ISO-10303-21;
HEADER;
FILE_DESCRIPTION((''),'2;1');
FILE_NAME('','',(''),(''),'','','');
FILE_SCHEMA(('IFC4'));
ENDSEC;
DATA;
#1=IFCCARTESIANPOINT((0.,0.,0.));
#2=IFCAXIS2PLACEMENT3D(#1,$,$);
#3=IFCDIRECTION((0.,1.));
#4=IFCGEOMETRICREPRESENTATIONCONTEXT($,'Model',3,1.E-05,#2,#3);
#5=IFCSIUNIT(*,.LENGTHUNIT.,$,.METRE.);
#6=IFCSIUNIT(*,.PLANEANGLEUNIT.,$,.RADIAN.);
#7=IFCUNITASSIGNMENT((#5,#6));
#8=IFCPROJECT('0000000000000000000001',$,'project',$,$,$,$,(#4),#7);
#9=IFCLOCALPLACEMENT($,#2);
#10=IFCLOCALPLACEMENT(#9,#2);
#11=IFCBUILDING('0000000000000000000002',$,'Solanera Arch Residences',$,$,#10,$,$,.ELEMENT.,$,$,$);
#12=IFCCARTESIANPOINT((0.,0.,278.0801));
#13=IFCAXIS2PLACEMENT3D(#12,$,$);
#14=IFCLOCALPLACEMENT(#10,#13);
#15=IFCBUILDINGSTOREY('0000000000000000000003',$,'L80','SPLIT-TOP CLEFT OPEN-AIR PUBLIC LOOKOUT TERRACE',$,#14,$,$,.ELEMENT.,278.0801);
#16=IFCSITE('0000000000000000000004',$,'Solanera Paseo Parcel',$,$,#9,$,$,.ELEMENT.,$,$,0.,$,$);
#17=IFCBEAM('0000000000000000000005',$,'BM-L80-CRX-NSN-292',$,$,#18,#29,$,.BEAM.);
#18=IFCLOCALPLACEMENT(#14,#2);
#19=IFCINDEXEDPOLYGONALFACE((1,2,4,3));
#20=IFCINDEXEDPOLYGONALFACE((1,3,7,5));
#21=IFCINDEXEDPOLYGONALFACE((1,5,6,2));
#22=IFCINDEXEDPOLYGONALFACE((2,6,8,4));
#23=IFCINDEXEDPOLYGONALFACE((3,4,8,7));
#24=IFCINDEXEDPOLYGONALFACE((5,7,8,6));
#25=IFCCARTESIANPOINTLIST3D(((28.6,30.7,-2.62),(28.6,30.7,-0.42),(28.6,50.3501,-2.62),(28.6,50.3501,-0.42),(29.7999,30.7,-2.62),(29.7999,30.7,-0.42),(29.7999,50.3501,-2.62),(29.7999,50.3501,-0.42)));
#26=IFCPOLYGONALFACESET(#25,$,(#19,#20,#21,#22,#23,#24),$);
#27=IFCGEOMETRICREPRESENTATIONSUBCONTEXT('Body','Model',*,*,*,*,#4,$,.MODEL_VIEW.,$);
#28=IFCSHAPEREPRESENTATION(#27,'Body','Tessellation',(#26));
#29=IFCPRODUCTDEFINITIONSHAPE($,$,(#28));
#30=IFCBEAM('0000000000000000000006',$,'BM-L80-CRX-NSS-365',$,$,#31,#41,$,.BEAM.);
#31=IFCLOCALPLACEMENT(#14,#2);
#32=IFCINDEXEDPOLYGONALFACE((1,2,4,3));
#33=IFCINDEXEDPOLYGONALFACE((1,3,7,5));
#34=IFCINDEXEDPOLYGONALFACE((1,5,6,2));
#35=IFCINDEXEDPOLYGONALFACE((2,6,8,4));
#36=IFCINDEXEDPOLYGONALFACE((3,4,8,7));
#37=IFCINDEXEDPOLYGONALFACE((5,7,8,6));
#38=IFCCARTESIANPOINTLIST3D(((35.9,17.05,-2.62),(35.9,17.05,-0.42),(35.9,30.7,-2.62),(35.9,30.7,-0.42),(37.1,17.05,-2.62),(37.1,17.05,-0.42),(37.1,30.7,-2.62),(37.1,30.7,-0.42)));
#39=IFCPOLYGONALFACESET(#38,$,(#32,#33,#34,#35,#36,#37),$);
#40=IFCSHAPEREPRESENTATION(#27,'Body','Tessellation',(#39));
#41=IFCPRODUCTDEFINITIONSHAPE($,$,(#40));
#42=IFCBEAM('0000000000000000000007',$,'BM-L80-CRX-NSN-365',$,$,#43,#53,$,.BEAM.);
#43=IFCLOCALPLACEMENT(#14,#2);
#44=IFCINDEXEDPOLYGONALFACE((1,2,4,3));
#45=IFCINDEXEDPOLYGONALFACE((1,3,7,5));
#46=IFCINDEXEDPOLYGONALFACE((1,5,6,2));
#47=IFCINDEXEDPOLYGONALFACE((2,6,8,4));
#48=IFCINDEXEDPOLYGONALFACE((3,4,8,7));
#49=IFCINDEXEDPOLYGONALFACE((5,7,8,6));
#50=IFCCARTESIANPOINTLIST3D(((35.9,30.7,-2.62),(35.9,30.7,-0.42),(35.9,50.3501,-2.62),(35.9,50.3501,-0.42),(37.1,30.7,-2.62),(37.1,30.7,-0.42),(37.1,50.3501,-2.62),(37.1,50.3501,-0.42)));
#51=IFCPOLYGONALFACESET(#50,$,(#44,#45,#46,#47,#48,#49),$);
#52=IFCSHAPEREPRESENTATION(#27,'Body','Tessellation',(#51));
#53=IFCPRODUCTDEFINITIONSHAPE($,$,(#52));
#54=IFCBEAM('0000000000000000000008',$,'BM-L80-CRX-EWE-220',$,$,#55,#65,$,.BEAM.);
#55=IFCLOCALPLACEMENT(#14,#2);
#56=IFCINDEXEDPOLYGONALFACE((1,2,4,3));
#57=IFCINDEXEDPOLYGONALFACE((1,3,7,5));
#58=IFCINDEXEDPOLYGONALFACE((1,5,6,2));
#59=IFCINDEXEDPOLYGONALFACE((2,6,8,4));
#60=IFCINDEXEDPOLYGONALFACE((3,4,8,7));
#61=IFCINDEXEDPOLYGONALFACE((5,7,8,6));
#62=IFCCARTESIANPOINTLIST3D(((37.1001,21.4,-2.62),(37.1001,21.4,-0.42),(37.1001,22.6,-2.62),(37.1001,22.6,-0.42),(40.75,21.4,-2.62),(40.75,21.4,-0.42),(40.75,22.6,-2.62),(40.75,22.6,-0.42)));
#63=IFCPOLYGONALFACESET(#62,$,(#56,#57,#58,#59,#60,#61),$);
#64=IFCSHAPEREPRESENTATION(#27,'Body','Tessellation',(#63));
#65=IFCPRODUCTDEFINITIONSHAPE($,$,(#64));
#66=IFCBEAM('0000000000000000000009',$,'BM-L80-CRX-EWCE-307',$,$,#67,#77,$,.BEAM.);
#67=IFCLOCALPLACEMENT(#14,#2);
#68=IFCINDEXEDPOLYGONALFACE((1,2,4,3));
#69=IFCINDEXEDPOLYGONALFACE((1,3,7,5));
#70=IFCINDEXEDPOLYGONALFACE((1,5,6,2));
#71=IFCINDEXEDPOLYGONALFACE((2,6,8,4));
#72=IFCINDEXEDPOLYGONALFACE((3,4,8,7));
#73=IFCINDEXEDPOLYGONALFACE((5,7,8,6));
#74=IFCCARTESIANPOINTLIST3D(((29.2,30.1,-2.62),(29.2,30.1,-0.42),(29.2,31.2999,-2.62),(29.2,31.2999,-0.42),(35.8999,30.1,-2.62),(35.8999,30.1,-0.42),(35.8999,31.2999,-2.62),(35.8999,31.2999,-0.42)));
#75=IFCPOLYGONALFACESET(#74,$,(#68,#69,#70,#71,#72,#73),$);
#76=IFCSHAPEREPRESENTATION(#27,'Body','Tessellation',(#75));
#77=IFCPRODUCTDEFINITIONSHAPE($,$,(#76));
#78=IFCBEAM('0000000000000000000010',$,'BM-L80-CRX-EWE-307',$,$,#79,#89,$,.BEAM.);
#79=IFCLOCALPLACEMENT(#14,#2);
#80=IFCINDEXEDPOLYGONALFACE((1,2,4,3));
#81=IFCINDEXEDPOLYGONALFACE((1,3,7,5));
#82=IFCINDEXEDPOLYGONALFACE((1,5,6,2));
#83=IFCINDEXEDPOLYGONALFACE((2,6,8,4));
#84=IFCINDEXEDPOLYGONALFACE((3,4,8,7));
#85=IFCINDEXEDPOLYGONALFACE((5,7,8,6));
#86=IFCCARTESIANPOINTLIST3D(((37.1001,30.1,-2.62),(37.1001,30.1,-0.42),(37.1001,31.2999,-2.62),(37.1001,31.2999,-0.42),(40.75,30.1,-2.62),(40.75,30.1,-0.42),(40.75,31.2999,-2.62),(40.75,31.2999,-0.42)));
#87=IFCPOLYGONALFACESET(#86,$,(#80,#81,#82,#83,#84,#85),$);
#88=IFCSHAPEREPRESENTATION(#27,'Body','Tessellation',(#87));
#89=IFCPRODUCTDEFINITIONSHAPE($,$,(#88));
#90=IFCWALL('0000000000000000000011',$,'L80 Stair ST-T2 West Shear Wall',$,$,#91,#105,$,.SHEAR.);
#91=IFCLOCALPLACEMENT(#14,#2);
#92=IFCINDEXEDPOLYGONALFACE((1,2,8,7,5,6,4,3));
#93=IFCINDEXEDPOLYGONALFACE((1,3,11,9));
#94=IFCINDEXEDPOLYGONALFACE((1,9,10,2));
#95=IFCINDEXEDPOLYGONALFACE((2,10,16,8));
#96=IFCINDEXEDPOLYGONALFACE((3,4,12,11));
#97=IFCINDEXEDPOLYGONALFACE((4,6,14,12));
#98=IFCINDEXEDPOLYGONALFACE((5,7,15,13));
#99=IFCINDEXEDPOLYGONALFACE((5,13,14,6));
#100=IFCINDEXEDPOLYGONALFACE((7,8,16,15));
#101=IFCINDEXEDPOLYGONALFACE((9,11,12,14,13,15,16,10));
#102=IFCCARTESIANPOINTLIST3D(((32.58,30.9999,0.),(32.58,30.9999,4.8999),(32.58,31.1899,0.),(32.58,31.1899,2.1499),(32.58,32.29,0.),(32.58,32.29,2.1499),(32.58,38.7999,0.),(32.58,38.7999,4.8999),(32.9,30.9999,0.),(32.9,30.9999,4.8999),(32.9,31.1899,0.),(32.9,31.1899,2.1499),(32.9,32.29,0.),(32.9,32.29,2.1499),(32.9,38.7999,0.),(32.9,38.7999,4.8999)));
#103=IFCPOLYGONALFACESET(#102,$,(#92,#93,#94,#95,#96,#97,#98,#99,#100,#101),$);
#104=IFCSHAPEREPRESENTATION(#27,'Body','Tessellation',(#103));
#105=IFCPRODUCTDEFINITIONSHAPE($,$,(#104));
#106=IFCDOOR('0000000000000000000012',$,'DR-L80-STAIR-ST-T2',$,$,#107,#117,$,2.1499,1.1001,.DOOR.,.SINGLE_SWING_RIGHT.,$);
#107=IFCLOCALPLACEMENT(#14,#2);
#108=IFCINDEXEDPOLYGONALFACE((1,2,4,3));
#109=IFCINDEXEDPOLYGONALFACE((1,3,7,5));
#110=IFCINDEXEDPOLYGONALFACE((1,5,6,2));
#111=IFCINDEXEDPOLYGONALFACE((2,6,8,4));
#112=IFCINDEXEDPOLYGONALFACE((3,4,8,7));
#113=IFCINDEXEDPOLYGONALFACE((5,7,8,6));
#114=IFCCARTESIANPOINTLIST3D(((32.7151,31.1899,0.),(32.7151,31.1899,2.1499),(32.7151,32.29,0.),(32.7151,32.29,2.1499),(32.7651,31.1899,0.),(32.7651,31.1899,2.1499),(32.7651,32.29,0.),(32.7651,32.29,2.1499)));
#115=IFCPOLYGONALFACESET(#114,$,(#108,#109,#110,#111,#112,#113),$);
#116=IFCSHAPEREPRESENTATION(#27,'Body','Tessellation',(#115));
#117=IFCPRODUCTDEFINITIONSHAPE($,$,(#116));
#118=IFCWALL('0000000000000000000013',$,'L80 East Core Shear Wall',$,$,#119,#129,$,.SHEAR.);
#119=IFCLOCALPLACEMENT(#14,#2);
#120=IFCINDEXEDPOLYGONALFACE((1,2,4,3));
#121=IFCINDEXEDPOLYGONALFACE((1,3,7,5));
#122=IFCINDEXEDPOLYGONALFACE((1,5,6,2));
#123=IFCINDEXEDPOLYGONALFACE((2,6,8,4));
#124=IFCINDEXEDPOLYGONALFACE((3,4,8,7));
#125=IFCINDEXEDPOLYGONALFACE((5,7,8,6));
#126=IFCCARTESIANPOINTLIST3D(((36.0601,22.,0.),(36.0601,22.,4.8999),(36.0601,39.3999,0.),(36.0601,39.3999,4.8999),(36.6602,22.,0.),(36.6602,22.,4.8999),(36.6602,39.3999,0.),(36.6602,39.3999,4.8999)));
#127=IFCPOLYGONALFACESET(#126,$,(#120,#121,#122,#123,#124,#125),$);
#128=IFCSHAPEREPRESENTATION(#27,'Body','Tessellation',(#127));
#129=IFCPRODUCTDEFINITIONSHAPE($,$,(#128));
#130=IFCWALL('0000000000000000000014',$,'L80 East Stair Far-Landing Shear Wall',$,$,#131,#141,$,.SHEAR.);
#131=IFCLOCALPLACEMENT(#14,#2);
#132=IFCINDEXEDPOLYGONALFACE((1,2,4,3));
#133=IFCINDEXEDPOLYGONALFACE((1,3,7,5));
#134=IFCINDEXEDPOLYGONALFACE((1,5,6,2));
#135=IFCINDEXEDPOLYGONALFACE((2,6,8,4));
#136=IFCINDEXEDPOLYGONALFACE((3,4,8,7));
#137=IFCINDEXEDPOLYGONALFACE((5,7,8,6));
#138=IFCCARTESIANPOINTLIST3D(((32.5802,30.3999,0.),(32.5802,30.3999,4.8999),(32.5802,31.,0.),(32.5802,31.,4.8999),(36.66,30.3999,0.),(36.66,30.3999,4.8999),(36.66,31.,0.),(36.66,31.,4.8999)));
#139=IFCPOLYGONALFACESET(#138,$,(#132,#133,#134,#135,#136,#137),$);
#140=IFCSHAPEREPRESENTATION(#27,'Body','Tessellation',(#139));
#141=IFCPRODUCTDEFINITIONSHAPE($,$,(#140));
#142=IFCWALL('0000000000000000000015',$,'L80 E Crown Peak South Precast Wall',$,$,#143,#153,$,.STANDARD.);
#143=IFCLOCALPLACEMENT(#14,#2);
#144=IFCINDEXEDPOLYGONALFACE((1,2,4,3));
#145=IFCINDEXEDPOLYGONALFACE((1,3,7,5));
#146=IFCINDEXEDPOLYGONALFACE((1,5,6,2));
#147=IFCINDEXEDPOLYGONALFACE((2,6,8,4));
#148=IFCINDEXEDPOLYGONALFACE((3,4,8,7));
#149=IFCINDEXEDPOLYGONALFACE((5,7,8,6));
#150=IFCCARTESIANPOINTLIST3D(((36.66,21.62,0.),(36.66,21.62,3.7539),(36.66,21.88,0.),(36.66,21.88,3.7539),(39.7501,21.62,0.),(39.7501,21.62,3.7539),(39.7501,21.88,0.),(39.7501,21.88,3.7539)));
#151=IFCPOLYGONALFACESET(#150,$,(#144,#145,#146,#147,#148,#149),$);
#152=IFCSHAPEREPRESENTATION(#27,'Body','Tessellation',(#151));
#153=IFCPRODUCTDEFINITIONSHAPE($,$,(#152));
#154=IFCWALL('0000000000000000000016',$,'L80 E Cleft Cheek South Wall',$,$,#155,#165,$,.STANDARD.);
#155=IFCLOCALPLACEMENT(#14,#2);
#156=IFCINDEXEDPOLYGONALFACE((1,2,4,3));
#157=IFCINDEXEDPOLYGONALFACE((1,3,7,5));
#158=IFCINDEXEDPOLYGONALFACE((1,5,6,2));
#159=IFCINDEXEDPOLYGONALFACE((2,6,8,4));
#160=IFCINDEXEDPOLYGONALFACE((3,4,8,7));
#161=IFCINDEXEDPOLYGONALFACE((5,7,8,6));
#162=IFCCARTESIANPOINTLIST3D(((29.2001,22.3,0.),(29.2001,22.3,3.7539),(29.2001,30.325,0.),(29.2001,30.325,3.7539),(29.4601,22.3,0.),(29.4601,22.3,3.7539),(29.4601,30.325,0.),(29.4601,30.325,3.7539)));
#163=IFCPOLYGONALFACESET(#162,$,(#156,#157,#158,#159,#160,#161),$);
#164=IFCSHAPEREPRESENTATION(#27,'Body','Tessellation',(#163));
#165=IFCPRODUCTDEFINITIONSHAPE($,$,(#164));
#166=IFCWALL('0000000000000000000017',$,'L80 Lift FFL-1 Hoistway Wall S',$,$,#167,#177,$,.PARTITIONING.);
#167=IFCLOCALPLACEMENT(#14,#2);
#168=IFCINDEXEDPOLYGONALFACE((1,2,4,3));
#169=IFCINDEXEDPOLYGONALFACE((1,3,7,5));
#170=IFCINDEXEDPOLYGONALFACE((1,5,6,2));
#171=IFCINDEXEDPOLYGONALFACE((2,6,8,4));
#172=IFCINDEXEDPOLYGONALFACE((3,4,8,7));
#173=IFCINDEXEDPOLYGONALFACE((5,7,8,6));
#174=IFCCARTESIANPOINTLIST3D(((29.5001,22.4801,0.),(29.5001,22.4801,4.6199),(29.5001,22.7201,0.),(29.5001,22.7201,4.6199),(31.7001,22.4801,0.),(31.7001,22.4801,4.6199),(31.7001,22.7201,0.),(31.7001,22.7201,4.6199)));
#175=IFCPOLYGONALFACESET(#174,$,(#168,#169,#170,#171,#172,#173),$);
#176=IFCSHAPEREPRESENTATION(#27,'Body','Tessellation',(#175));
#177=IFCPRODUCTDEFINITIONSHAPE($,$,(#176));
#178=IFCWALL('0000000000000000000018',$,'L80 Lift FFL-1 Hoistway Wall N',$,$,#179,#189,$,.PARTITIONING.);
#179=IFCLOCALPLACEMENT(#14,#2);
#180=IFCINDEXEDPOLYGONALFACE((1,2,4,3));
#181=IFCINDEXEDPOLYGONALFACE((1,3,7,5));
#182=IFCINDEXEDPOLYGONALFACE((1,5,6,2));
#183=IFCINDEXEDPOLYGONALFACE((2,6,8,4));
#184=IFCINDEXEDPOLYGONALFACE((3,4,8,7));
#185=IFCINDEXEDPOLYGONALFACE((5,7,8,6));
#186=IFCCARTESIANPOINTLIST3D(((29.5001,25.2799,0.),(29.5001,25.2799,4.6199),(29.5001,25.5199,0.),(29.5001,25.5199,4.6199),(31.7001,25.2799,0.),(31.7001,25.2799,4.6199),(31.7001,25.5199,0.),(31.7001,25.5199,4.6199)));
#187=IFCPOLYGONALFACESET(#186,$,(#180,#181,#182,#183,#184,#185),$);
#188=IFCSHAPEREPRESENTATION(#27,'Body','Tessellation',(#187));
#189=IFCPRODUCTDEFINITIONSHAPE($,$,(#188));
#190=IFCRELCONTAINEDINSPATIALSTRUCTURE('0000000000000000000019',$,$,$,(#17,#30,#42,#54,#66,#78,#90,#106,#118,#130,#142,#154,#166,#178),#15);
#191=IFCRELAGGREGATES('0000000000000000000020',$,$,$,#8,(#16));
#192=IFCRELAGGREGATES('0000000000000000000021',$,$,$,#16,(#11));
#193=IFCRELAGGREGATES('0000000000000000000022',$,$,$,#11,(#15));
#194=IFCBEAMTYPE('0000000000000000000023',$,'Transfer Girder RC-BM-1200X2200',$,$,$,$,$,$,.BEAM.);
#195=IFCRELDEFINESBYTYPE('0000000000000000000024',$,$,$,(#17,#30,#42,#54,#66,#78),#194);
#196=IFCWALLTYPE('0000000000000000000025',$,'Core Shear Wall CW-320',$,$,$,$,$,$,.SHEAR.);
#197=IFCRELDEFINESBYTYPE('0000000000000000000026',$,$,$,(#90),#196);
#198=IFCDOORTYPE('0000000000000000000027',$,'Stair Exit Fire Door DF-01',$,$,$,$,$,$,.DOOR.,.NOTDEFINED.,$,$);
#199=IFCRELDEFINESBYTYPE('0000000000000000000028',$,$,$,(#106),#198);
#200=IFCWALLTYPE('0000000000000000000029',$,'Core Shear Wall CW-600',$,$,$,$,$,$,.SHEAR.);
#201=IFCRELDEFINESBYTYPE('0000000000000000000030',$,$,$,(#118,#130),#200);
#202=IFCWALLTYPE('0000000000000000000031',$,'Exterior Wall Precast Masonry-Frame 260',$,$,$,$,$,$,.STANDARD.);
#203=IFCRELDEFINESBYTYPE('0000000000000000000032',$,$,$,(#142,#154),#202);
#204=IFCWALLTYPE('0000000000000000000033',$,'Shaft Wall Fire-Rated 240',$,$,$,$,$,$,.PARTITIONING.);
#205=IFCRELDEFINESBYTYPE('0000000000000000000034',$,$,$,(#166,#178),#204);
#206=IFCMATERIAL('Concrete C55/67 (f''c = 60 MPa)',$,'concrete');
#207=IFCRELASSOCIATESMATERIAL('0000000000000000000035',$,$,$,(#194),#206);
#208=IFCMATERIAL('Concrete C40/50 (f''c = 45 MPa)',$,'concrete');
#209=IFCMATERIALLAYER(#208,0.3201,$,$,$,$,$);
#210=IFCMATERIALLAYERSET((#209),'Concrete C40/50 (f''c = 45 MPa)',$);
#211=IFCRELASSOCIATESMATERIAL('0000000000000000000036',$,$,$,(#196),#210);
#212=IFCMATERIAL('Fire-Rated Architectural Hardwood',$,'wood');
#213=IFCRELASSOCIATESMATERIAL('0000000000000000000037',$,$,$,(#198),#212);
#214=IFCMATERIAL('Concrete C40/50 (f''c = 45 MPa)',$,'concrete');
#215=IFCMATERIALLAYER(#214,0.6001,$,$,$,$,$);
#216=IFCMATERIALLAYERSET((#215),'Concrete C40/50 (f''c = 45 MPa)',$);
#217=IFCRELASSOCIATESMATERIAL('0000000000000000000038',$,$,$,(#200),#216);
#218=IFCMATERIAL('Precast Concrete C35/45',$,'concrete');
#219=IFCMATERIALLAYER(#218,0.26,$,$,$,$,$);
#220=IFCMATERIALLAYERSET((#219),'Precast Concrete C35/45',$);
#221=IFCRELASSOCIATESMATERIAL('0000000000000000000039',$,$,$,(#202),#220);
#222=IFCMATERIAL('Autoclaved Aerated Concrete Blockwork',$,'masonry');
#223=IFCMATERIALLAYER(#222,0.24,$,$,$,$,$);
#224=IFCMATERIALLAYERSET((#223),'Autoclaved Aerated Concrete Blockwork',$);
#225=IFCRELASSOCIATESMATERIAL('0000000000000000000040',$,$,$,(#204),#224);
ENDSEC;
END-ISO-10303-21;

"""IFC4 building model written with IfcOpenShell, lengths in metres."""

from ifc_helpers import new_model, si_unit, direction, frame, frame_2d, origin, origin_2d, place, context, subcontext, project, spatial, rectangle, extrude, material, layer, layer_set, material_profile, profile_set, type_object, element, fill, save


model = new_model("IFC4")

# Units and contexts
model_context = context("Model", 3, precision=1e-05, world=origin(), true_north=direction((0.0, 1.0)))
body_context = subcontext(model_context, "Body", "Model", "MODEL_VIEW")
ifc_project = project(units=[si_unit("LENGTHUNIT", "METRE"), si_unit("PLANEANGLEUNIT", "RADIAN")], contexts=[model_context])

# Site, building, storey
site_placement = place(None, origin())
site = spatial("IfcSite", under=ifc_project, at=site_placement, Name="Solanera Paseo Parcel", CompositionType="ELEMENT", RefElevation=0.0)
building_placement = place(site_placement, origin())
building = spatial("IfcBuilding", under=site, at=building_placement, Name="Solanera Arch Residences", CompositionType="ELEMENT")
storey_placement = place(building_placement, frame((0.0, 0.0, 278.0801)))
storey = spatial("IfcBuildingStorey", under=building, at=storey_placement, Name="L80", Description="SPLIT-TOP CLEFT OPEN-AIR PUBLIC LOOKOUT TERRACE", CompositionType="ELEMENT", Elevation=278.0801)

# Beams
ifc_material_1 = material(Name="Concrete C55/67 (f'c = 60 MPa)", Category="concrete")
ifc_material_profile_1 = material_profile(ifc_material_1, rectangle(XDim=1.2, YDim=2.2, at=origin_2d()))
ifc_profile_set_1 = profile_set([ifc_material_profile_1], Name="Concrete C55/67 (f'c = 60 MPa)")
beam_type_1 = type_object("IfcBeamType", Name="Transfer Girder RC-BM-1200X2200", PredefinedType="BEAM", material=ifc_profile_set_1)
beam_1_placement = place(storey_placement, frame((29.2, 30.7, -1.52), z_axis=(0.0, 1.0, 0.0), x_axis=(-1.0, 0.0, 0.0)))
element("IfcBeam", 1, at=beam_1_placement, inside=storey, type_object=beam_type_1, Name="BM-L80-CRX-NSN-292", PredefinedType="BEAM", context=body_context, shape_type="SweptSolid", body=[
    extrude(rectangle(XDim=1.2, YDim=2.2, at=origin_2d()), origin(), (0.0, 0.0, 1.0), 19.6501),
])
beam_2_placement = place(storey_placement, frame((36.5, 17.05, -1.52), z_axis=(0.0, 1.0, 0.0), x_axis=(-1.0, 0.0, 0.0)))
element("IfcBeam", 2, at=beam_2_placement, inside=storey, type_object=beam_type_1, Name="BM-L80-CRX-NSS-365", PredefinedType="BEAM", context=body_context, shape_type="SweptSolid", body=[
    extrude(rectangle(XDim=1.2, YDim=2.2, at=origin_2d()), origin(), (0.0, 0.0, 1.0), 13.6499),
])
beam_3_placement = place(storey_placement, frame((36.5, 30.7, -1.52), z_axis=(0.0, 1.0, 0.0), x_axis=(-1.0, 0.0, 0.0)))
element("IfcBeam", 3, at=beam_3_placement, inside=storey, type_object=beam_type_1, Name="BM-L80-CRX-NSN-365", PredefinedType="BEAM", context=body_context, shape_type="SweptSolid", body=[
    extrude(rectangle(XDim=1.2, YDim=2.2, at=origin_2d()), origin(), (0.0, 0.0, 1.0), 19.6501),
])
beam_4_placement = place(storey_placement, frame((37.1001, 22.0, -1.52), z_axis=(1.0, 0.0, 0.0), x_axis=(0.0, 1.0, 0.0)))
element("IfcBeam", 4, at=beam_4_placement, inside=storey, type_object=beam_type_1, Name="BM-L80-CRX-EWE-220", PredefinedType="BEAM", context=body_context, shape_type="SweptSolid", body=[
    extrude(rectangle(XDim=1.2, YDim=2.2, at=origin_2d()), origin(), (0.0, 0.0, 1.0), 3.6499),
])
beam_5_placement = place(storey_placement, frame((29.2, 30.7, -1.52), z_axis=(1.0, 0.0, 0.0), x_axis=(0.0, 1.0, 0.0)))
element("IfcBeam", 5, at=beam_5_placement, inside=storey, type_object=beam_type_1, Name="BM-L80-CRX-EWCE-307", PredefinedType="BEAM", context=body_context, shape_type="SweptSolid", body=[
    extrude(rectangle(XDim=1.2, YDim=2.2, at=origin_2d()), origin(), (0.0, 0.0, 1.0), 6.7),
])
beam_6_placement = place(storey_placement, frame((37.1001, 30.7, -1.52), z_axis=(1.0, 0.0, 0.0), x_axis=(0.0, 1.0, 0.0)))
element("IfcBeam", 6, at=beam_6_placement, inside=storey, type_object=beam_type_1, Name="BM-L80-CRX-EWE-307", PredefinedType="BEAM", context=body_context, shape_type="SweptSolid", body=[
    extrude(rectangle(XDim=1.2, YDim=2.2, at=origin_2d()), origin(), (0.0, 0.0, 1.0), 3.6499),
])

# Wall, opening, door
ifc_material_2 = material(Name="Concrete C40/50 (f'c = 45 MPa)", Category="concrete")
ifc_layer_1 = layer(ifc_material_2, 0.3201)
ifc_layer_set_1 = layer_set([ifc_layer_1], Name="Concrete C40/50 (f'c = 45 MPa)")
wall_type_1 = type_object("IfcWallType", Name="Core Shear Wall CW-320", PredefinedType="SHEAR", material=ifc_layer_set_1)
wall_1_placement = place(storey_placement, frame((32.74, 31.0, 0.0), z_axis=(0.0, 0.0, 1.0), x_axis=(0.0, 1.0, 0.0)))
wall_1 = element("IfcWall", 7, at=wall_1_placement, inside=storey, type_object=wall_type_1, Name="L80 Stair ST-T2 West Shear Wall", PredefinedType="SHEAR", context=body_context, shape_type="SweptSolid", body=[
    extrude(rectangle(XDim=7.8, YDim=0.3201, at=frame_2d((3.8999, 0.0))), origin(), (0.0, 0.0, 1.0), 4.8999),
])
opening_placement = place(wall_1_placement, frame((0.1899, 0.0, 0.0)))
opening = element("IfcOpeningElement", 8, at=opening_placement, cuts=wall_1, PredefinedType="OPENING", context=body_context, shape_type="SweptSolid", body=[
    extrude(rectangle(XDim=1.1001, YDim=2.1499, at=frame_2d((0.55, 1.075))), frame((0.0, 0.1699, 0.0), z_axis=(0.0, -1.0, 0.0), x_axis=(1.0, 0.0, 0.0)), (0.0, 0.0, 1.0), 0.3401),
])
ifc_material_3 = material(Name="Fire-Rated Architectural Hardwood", Category="wood")
door_type = type_object("IfcDoorType", Name="Stair Exit Fire Door DF-01", OperationType="NOTDEFINED", PredefinedType="DOOR", material=ifc_material_3)
door_placement = place(opening_placement, origin())
door = element("IfcDoor", 9, at=door_placement, inside=storey, type_object=door_type, Name="DR-L80-STAIR-ST-T2", OperationType="SINGLE_SWING_RIGHT", OverallHeight=2.1499, OverallWidth=1.1001, PredefinedType="DOOR", context=body_context, shape_type="SweptSolid", body=[
    extrude(rectangle(XDim=1.1001, YDim=2.1499, at=frame_2d((0.55, 1.075))), frame((0.0, 0.0249, 0.0), z_axis=(0.0, -1.0, 0.0), x_axis=(1.0, 0.0, 0.0)), (0.0, 0.0, 1.0), 0.05),
])
fill(opening, door)

# Walls
ifc_material_4 = material(Name="Concrete C40/50 (f'c = 45 MPa)", Category="concrete")
ifc_layer_2 = layer(ifc_material_4, 0.6001)
ifc_layer_set_2 = layer_set([ifc_layer_2], Name="Concrete C40/50 (f'c = 45 MPa)")
wall_type_2 = type_object("IfcWallType", Name="Core Shear Wall CW-600", PredefinedType="SHEAR", material=ifc_layer_set_2)
wall_2_placement = place(storey_placement, frame((36.3601, 22.0, 0.0), z_axis=(0.0, 0.0, 1.0), x_axis=(0.0, 1.0, 0.0)))
element("IfcWall", 10, at=wall_2_placement, inside=storey, type_object=wall_type_2, Name="L80 East Core Shear Wall", PredefinedType="SHEAR", context=body_context, shape_type="SweptSolid", body=[
    extrude(rectangle(XDim=17.3999, YDim=0.6001, at=frame_2d((8.7, 0.0))), origin(), (0.0, 0.0, 1.0), 4.8999),
])
wall_3_placement = place(storey_placement, frame((32.5801, 30.7, 0.0), z_axis=(0.0, 0.0, 1.0), x_axis=(1.0, 0.0, 0.0)))
element("IfcWall", 11, at=wall_3_placement, inside=storey, type_object=wall_type_2, Name="L80 East Stair Far-Landing Shear Wall", PredefinedType="SHEAR", context=body_context, shape_type="SweptSolid", body=[
    extrude(rectangle(XDim=4.0798, YDim=0.6001, at=frame_2d((2.04, 0.0))), origin(), (0.0, 0.0, 1.0), 4.8999),
])
ifc_material_5 = material(Name="Precast Concrete C35/45", Category="concrete")
ifc_layer_3 = layer(ifc_material_5, 0.26)
ifc_layer_set_3 = layer_set([ifc_layer_3], Name="Precast Concrete C35/45")
wall_type_3 = type_object("IfcWallType", Name="Exterior Wall Precast Masonry-Frame 260", PredefinedType="STANDARD", material=ifc_layer_set_3)
wall_4_placement = place(storey_placement, frame((39.75, 21.75, 0.0), z_axis=(0.0, 0.0, 1.0), x_axis=(-1.0, 0.0, 0.0)))
element("IfcWall", 12, at=wall_4_placement, inside=storey, type_object=wall_type_3, Name="L80 E Crown Peak South Precast Wall", PredefinedType="STANDARD", context=body_context, shape_type="SweptSolid", body=[
    extrude(rectangle(XDim=3.0901, YDim=0.26, at=frame_2d((1.5449, 0.0))), origin(), (0.0, 0.0, 1.0), 3.7539),
])
wall_5_placement = place(storey_placement, frame((29.3301, 22.3, 0.0), z_axis=(0.0, 0.0, 1.0), x_axis=(0.0, 1.0, 0.0)))
element("IfcWall", 13, at=wall_5_placement, inside=storey, type_object=wall_type_3, Name="L80 E Cleft Cheek South Wall", PredefinedType="STANDARD", context=body_context, shape_type="SweptSolid", body=[
    extrude(rectangle(XDim=8.0249, YDim=0.26, at=frame_2d((4.0125, 0.0))), origin(), (0.0, 0.0, 1.0), 3.7539),
])
ifc_material_6 = material(Name="Autoclaved Aerated Concrete Blockwork", Category="masonry")
ifc_layer_4 = layer(ifc_material_6, 0.24)
ifc_layer_set_4 = layer_set([ifc_layer_4], Name="Autoclaved Aerated Concrete Blockwork")
wall_type_4 = type_object("IfcWallType", Name="Shaft Wall Fire-Rated 240", PredefinedType="PARTITIONING", material=ifc_layer_set_4)
for number, where, z_axis, x_axis, name in (
    (14, (29.5, 22.6001, 0.0), (0.0, 0.0, 1.0), (1.0, 0.0, 0.0), "L80 Lift FFL-1 Hoistway Wall S"),
    (15, (29.5, 25.3999, 0.0), (0.0, 0.0, 1.0), (1.0, 0.0, 0.0), "L80 Lift FFL-1 Hoistway Wall N"),
):
    element("IfcWall", number, at=place(storey_placement, frame(where, z_axis=z_axis, x_axis=x_axis)), inside=storey, type_object=wall_type_4, Name=name, PredefinedType="PARTITIONING", context=body_context, shape_type="SweptSolid", body=[
        extrude(rectangle(XDim=2.2, YDim=0.24, at=frame_2d((1.1001, 0.0))), origin(), (0.0, 0.0, 1.0), 4.6199),
    ])

save(model, "model.ifc")
